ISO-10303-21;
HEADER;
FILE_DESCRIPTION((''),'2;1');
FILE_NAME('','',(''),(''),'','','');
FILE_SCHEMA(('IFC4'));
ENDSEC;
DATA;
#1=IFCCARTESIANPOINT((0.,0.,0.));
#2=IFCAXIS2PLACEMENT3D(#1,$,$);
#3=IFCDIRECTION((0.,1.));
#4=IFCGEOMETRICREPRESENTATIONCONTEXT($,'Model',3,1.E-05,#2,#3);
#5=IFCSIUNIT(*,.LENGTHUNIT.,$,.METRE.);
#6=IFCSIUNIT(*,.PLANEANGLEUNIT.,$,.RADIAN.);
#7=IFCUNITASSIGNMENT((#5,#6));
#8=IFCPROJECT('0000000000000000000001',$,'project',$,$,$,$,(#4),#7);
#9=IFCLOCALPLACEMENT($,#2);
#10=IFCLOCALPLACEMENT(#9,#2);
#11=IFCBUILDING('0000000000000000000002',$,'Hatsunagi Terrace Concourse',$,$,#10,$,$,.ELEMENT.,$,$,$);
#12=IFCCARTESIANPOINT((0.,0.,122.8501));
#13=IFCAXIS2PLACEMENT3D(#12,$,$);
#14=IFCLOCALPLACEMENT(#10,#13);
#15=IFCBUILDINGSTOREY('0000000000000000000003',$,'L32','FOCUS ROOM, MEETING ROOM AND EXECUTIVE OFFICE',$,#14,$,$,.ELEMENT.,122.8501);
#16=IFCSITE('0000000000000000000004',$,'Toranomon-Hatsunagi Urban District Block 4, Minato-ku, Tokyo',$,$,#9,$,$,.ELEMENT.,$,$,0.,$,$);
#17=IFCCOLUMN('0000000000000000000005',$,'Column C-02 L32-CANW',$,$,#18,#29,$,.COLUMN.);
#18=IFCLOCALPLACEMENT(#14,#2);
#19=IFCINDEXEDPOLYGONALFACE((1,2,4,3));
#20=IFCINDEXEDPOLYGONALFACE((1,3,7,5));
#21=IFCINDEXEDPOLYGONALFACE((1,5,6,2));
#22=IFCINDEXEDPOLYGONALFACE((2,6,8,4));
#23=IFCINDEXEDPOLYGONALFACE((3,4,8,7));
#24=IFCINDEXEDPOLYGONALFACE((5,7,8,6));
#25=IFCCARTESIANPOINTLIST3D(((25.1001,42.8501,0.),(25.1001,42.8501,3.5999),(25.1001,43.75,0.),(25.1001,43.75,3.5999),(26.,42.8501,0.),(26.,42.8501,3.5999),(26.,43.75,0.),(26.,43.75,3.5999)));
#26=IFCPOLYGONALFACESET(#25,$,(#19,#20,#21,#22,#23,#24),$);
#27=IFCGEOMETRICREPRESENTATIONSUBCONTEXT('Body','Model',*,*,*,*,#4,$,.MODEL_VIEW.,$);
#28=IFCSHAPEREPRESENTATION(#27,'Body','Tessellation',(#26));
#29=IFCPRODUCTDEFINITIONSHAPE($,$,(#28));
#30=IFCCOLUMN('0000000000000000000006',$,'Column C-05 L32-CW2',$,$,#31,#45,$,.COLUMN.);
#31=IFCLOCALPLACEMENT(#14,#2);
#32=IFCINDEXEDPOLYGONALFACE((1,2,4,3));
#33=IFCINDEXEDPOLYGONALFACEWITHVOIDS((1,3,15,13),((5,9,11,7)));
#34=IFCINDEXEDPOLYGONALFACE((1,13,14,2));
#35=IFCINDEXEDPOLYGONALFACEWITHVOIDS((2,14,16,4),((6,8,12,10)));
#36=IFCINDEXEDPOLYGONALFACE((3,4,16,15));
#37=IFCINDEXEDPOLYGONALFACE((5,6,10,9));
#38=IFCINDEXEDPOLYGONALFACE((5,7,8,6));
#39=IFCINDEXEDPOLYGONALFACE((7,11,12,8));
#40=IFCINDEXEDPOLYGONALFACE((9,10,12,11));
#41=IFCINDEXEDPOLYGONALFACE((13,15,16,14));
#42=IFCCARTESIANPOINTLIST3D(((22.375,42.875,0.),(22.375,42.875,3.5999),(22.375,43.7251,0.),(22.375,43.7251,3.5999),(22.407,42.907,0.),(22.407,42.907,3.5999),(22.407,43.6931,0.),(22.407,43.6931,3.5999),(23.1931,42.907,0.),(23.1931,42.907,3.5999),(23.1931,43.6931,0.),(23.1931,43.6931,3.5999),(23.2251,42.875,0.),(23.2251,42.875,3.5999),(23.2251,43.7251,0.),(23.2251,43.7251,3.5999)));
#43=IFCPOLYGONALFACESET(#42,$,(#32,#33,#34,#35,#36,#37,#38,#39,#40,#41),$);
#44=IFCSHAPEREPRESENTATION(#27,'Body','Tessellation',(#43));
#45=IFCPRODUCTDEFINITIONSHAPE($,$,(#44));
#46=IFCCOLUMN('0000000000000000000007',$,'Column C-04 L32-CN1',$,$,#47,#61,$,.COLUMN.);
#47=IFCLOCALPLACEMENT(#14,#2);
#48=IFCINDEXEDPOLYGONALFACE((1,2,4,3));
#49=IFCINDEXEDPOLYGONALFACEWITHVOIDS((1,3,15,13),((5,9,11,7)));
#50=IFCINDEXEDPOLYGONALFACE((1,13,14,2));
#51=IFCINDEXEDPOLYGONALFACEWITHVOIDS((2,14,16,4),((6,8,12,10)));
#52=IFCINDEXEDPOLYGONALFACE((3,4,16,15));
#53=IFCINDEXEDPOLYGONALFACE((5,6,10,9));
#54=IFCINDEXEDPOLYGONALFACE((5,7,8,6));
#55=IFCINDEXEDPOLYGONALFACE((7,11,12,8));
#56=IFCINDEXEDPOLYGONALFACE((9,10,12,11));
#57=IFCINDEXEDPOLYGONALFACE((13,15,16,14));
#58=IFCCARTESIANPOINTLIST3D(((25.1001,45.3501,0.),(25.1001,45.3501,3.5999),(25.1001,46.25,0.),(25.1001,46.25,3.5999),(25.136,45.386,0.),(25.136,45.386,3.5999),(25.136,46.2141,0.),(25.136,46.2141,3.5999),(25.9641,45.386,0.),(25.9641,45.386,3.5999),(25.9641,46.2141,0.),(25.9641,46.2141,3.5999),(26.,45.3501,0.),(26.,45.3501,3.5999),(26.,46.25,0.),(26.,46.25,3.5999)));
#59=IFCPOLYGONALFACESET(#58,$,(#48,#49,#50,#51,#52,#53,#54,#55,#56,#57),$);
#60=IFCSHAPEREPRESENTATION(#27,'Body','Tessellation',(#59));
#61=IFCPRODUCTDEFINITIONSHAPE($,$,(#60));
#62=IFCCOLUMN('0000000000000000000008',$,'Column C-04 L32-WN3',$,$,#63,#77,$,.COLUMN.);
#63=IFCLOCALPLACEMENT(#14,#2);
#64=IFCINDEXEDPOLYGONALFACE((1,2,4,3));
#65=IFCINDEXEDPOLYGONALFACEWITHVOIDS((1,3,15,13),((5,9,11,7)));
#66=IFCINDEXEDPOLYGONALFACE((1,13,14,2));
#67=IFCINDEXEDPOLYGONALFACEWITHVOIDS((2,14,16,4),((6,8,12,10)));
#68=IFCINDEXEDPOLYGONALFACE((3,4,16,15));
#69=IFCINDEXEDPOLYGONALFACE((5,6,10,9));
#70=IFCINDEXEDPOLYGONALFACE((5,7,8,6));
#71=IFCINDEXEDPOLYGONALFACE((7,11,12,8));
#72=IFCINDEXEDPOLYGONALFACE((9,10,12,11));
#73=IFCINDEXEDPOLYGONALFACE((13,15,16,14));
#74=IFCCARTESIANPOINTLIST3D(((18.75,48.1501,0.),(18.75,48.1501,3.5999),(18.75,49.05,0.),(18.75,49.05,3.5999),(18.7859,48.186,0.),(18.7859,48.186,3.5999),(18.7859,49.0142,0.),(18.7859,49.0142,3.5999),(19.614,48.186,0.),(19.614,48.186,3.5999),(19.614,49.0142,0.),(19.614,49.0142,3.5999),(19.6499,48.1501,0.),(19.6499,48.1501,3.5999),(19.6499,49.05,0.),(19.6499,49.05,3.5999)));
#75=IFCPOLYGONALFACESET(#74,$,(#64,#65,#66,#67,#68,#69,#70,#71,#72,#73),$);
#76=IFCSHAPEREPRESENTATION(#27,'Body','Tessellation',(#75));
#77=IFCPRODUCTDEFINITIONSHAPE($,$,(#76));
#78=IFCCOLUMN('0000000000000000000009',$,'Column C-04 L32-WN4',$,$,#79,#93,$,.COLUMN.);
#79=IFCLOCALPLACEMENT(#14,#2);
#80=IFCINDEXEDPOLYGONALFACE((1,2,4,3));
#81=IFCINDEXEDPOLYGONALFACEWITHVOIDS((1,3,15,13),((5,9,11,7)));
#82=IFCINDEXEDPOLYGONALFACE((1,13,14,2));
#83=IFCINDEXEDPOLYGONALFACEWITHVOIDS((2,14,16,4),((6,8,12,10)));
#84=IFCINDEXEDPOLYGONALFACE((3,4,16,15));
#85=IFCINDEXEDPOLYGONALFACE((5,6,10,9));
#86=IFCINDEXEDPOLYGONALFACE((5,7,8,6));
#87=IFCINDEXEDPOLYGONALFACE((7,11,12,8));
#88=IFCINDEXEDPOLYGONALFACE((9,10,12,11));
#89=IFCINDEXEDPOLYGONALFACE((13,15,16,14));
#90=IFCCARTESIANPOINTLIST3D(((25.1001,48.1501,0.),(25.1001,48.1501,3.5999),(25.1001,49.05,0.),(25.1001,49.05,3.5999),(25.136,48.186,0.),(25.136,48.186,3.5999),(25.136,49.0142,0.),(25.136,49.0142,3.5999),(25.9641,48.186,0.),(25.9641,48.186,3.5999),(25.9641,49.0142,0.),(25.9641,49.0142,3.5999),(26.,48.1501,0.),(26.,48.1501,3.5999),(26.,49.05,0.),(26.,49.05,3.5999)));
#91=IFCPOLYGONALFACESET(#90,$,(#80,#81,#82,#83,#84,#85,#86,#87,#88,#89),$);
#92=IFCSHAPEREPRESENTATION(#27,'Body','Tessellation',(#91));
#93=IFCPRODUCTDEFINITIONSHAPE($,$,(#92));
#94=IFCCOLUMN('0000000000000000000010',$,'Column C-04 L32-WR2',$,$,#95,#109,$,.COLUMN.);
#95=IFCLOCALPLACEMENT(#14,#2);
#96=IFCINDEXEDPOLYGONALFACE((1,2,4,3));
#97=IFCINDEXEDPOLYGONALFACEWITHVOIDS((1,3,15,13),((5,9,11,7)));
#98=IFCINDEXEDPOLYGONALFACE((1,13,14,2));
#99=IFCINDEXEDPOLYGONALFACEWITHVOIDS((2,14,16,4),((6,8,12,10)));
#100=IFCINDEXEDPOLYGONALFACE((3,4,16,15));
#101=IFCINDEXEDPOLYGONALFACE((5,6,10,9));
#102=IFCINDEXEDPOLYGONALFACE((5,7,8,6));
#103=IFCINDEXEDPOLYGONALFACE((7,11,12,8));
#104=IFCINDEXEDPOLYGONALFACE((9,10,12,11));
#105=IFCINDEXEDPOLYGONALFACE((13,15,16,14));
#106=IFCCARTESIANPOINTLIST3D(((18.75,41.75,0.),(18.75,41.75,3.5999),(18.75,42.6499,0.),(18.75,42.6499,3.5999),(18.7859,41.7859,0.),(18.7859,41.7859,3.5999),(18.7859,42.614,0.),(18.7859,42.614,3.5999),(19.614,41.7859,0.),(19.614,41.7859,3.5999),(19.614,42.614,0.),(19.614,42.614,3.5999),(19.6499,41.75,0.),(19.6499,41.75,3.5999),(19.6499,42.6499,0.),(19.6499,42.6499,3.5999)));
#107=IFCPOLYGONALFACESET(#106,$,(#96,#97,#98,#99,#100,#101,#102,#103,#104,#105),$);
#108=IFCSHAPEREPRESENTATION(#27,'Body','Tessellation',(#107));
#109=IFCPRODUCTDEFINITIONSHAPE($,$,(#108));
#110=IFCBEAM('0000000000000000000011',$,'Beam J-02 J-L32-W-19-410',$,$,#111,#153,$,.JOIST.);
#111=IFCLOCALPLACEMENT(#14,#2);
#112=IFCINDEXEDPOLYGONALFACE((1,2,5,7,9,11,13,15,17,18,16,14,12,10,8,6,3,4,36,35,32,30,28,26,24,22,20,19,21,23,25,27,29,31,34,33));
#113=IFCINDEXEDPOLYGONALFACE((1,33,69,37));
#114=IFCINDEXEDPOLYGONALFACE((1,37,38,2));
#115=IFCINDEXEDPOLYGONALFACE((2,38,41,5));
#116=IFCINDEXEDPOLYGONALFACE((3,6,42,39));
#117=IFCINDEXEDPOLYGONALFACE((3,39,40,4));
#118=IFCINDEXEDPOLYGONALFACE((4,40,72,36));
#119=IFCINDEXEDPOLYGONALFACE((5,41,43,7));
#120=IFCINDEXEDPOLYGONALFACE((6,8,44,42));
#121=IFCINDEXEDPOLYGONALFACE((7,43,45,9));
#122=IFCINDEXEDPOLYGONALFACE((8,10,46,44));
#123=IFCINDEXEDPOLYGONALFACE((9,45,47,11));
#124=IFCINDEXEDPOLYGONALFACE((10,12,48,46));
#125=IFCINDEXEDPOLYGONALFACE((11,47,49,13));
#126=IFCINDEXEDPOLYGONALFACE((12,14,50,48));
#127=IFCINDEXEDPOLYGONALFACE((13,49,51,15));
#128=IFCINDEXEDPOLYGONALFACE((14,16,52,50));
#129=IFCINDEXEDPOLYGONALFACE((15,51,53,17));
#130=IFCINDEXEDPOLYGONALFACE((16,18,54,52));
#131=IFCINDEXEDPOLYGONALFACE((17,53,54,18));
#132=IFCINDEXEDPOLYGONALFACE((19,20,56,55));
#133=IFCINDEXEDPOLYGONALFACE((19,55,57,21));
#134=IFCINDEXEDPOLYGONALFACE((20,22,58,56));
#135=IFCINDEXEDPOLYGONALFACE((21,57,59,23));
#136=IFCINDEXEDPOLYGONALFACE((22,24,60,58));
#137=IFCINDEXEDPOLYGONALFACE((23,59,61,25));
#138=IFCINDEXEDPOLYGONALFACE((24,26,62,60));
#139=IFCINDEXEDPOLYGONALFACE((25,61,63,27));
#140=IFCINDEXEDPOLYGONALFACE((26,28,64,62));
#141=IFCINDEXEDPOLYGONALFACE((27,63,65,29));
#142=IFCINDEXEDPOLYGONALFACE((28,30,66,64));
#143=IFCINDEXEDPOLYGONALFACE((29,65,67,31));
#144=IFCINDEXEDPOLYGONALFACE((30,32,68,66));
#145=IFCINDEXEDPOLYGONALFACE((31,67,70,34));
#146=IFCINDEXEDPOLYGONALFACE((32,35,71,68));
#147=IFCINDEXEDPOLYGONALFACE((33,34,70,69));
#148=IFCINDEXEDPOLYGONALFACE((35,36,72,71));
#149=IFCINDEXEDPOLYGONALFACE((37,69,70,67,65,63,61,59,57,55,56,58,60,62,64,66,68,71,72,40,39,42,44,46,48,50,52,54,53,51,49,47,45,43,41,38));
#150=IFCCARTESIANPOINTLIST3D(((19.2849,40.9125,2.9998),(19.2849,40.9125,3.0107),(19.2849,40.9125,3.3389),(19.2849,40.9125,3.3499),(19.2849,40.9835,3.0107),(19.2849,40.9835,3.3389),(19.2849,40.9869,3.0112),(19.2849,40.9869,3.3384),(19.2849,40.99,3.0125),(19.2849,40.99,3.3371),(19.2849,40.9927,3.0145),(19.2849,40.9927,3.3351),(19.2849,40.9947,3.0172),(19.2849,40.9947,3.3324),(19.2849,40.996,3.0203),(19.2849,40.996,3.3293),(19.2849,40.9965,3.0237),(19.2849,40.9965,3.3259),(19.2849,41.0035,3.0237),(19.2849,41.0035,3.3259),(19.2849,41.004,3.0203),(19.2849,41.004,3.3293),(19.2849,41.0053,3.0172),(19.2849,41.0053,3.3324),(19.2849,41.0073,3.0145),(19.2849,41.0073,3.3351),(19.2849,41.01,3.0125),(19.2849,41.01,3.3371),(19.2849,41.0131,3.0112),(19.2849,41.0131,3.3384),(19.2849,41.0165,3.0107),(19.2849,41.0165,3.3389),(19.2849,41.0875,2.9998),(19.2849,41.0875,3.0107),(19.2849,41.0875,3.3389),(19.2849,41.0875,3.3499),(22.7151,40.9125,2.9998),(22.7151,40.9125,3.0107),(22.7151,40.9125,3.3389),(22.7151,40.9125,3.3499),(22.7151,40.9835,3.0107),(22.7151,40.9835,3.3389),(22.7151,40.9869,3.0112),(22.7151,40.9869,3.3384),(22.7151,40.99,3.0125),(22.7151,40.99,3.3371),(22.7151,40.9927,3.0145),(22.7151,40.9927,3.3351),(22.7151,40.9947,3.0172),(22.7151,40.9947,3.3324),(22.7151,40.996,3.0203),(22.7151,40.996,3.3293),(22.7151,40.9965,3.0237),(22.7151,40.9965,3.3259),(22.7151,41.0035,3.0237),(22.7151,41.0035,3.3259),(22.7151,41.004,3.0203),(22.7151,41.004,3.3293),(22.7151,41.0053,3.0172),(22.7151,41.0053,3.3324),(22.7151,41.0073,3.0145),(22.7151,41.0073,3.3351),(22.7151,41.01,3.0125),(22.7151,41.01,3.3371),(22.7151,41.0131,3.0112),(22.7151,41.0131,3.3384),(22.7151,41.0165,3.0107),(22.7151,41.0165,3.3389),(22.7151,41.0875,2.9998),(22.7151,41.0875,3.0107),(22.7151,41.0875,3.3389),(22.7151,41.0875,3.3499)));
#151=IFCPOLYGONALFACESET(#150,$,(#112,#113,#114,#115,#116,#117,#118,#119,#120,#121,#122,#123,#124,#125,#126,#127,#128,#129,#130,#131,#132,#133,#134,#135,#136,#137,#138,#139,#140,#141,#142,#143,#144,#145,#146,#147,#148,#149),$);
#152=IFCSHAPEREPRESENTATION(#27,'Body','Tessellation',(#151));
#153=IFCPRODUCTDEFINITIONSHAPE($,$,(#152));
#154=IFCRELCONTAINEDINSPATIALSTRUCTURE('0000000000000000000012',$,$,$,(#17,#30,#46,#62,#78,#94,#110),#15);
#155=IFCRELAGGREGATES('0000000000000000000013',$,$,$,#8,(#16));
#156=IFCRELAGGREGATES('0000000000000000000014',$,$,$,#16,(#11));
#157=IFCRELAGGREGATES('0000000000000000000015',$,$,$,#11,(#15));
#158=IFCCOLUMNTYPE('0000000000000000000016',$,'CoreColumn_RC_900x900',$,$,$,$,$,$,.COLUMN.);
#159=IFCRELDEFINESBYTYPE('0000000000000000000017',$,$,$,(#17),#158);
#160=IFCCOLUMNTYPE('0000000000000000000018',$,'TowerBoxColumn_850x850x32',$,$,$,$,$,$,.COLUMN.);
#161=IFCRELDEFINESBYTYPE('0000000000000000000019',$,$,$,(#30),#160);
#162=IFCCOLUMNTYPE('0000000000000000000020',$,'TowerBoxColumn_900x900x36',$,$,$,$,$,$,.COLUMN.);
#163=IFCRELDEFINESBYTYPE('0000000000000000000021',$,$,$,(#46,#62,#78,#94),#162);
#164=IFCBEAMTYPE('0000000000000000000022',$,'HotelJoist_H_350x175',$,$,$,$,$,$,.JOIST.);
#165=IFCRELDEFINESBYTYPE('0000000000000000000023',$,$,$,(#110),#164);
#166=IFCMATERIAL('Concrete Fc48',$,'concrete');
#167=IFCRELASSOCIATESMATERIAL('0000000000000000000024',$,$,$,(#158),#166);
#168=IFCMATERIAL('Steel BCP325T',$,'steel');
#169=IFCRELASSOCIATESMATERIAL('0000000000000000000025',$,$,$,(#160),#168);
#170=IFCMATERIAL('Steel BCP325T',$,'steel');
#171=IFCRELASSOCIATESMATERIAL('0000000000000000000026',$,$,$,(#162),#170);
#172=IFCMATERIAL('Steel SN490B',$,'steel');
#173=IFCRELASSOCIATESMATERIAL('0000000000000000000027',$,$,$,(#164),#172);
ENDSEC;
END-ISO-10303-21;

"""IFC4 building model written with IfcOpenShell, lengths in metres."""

from ifc_helpers import new_model, si_unit, direction, frame, origin, origin_2d, place, context, subcontext, project, spatial, rectangle, hollow_rectangle, i_section, extrude, material, material_profile, profile_set, type_object, element, save


model = new_model("IFC4")

# Units and contexts
model_context = context("Model", 3, precision=1e-05, world=origin(), true_north=direction((0.0, 1.0)))
body_context = subcontext(model_context, "Body", "Model", "MODEL_VIEW")
ifc_project = project(units=[si_unit("LENGTHUNIT", "METRE"), si_unit("PLANEANGLEUNIT", "RADIAN")], contexts=[model_context])

# Site, building, storey
site_placement = place(None, origin())
site = spatial("IfcSite", under=ifc_project, at=site_placement, Name="Toranomon-Hatsunagi Urban District Block 4, Minato-ku, Tokyo", CompositionType="ELEMENT", RefElevation=0.0)
building_placement = place(site_placement, origin())
building = spatial("IfcBuilding", under=site, at=building_placement, Name="Hatsunagi Terrace Concourse", CompositionType="ELEMENT")
storey_placement = place(building_placement, frame((0.0, 0.0, 122.8501)))
storey = spatial("IfcBuildingStorey", under=building, at=storey_placement, Name="L32", Description="FOCUS ROOM, MEETING ROOM AND EXECUTIVE OFFICE", CompositionType="ELEMENT", Elevation=122.8501)

# Columns
ifc_material_1 = material(Name="Concrete Fc48", Category="concrete")
ifc_material_profile_1 = material_profile(ifc_material_1, rectangle(XDim=0.8999, YDim=0.8999, at=origin_2d()), Name="RC-900x900")
ifc_profile_set_1 = profile_set([ifc_material_profile_1], Name="Concrete Fc48")
column_type_1 = type_object("IfcColumnType", Name="CoreColumn_RC_900x900", PredefinedType="COLUMN", material=ifc_profile_set_1)
column_1_placement = place(storey_placement, frame((25.55, 43.3, 0.0), z_axis=(0.0, 0.0, 1.0), x_axis=(1.0, 0.0, 0.0)))
element("IfcColumn", 1, at=column_1_placement, inside=storey, type_object=column_type_1, Name="Column C-02 L32-CANW", PredefinedType="COLUMN", context=body_context, shape_type="SweptSolid", body=[
    extrude(rectangle(XDim=0.8999, YDim=0.8999, at=origin_2d()), origin(), (0.0, 0.0, 1.0), 3.5999),
])
ifc_material_2 = material(Name="Steel BCP325T", Category="steel")
ifc_material_profile_2 = material_profile(ifc_material_2, hollow_rectangle(XDim=0.8501, YDim=0.8501, WallThickness=0.032, at=origin_2d()), Name="BCP-850x850x32")
ifc_profile_set_2 = profile_set([ifc_material_profile_2], Name="Steel BCP325T")
column_type_2 = type_object("IfcColumnType", Name="TowerBoxColumn_850x850x32", PredefinedType="COLUMN", material=ifc_profile_set_2)
column_2_placement = place(storey_placement, frame((22.8, 43.3, 0.0), z_axis=(0.0, 0.0, 1.0), x_axis=(1.0, 0.0, 0.0)))
element("IfcColumn", 2, at=column_2_placement, inside=storey, type_object=column_type_2, Name="Column C-05 L32-CW2", PredefinedType="COLUMN", context=body_context, shape_type="SweptSolid", body=[
    extrude(hollow_rectangle(XDim=0.8501, YDim=0.8501, WallThickness=0.032, at=origin_2d()), origin(), (0.0, 0.0, 1.0), 3.5999),
])
ifc_material_3 = material(Name="Steel BCP325T", Category="steel")
ifc_material_profile_3 = material_profile(ifc_material_3, hollow_rectangle(XDim=0.8999, YDim=0.8999, WallThickness=0.0359, at=origin_2d()), Name="BCP-900x900x36")
ifc_profile_set_3 = profile_set([ifc_material_profile_3], Name="Steel BCP325T")
column_type_3 = type_object("IfcColumnType", Name="TowerBoxColumn_900x900x36", PredefinedType="COLUMN", material=ifc_profile_set_3)
for number, where, z_axis, x_axis, name in (
    (3, (25.55, 45.8, 0.0), (0.0, 0.0, 1.0), (1.0, 0.0, 0.0), "Column C-04 L32-CN1"),
    (4, (19.2, 48.6001, 0.0), (0.0, 0.0, 1.0), (1.0, 0.0, 0.0), "Column C-04 L32-WN3"),
    (5, (25.55, 48.6001, 0.0), (0.0, 0.0, 1.0), (1.0, 0.0, 0.0), "Column C-04 L32-WN4"),
    (6, (19.2, 42.2, 0.0), (0.0, 0.0, 1.0), (1.0, 0.0, 0.0), "Column C-04 L32-WR2"),
):
    element("IfcColumn", number, at=place(storey_placement, frame(where, z_axis=z_axis, x_axis=x_axis)), inside=storey, type_object=column_type_3, Name=name, PredefinedType="COLUMN", context=body_context, shape_type="SweptSolid", body=[
        extrude(hollow_rectangle(XDim=0.8999, YDim=0.8999, WallThickness=0.0359, at=origin_2d()), origin(), (0.0, 0.0, 1.0), 3.5999),
    ])

# Beam
ifc_material_4 = material(Name="Steel SN490B", Category="steel")
ifc_material_profile_4 = material_profile(ifc_material_4, i_section(OverallWidth=0.175, OverallDepth=0.3501, WebThickness=0.0071, FlangeThickness=0.011, FilletRadius=0.0129, at=origin_2d()), Name="H-350x175x7x11")
ifc_profile_set_4 = profile_set([ifc_material_profile_4], Name="Steel SN490B")
beam_type_1 = type_object("IfcBeamType", Name="HotelJoist_H_350x175", PredefinedType="JOIST", material=ifc_profile_set_4)
beam_1_placement = place(storey_placement, frame((19.2849, 41.0, 3.1748), z_axis=(1.0, 0.0, 0.0), x_axis=(0.0, 1.0, 0.0)))
element("IfcBeam", 7, at=beam_1_placement, inside=storey, type_object=beam_type_1, Name="Beam J-02 J-L32-W-19-410", PredefinedType="JOIST", context=body_context, shape_type="SweptSolid", body=[
    extrude(i_section(OverallWidth=0.175, OverallDepth=0.3501, WebThickness=0.0071, FlangeThickness=0.011, FilletRadius=0.0129, at=origin_2d()), origin(), (0.0, 0.0, 1.0), 3.4302),
])

save(model, "model.ifc")
